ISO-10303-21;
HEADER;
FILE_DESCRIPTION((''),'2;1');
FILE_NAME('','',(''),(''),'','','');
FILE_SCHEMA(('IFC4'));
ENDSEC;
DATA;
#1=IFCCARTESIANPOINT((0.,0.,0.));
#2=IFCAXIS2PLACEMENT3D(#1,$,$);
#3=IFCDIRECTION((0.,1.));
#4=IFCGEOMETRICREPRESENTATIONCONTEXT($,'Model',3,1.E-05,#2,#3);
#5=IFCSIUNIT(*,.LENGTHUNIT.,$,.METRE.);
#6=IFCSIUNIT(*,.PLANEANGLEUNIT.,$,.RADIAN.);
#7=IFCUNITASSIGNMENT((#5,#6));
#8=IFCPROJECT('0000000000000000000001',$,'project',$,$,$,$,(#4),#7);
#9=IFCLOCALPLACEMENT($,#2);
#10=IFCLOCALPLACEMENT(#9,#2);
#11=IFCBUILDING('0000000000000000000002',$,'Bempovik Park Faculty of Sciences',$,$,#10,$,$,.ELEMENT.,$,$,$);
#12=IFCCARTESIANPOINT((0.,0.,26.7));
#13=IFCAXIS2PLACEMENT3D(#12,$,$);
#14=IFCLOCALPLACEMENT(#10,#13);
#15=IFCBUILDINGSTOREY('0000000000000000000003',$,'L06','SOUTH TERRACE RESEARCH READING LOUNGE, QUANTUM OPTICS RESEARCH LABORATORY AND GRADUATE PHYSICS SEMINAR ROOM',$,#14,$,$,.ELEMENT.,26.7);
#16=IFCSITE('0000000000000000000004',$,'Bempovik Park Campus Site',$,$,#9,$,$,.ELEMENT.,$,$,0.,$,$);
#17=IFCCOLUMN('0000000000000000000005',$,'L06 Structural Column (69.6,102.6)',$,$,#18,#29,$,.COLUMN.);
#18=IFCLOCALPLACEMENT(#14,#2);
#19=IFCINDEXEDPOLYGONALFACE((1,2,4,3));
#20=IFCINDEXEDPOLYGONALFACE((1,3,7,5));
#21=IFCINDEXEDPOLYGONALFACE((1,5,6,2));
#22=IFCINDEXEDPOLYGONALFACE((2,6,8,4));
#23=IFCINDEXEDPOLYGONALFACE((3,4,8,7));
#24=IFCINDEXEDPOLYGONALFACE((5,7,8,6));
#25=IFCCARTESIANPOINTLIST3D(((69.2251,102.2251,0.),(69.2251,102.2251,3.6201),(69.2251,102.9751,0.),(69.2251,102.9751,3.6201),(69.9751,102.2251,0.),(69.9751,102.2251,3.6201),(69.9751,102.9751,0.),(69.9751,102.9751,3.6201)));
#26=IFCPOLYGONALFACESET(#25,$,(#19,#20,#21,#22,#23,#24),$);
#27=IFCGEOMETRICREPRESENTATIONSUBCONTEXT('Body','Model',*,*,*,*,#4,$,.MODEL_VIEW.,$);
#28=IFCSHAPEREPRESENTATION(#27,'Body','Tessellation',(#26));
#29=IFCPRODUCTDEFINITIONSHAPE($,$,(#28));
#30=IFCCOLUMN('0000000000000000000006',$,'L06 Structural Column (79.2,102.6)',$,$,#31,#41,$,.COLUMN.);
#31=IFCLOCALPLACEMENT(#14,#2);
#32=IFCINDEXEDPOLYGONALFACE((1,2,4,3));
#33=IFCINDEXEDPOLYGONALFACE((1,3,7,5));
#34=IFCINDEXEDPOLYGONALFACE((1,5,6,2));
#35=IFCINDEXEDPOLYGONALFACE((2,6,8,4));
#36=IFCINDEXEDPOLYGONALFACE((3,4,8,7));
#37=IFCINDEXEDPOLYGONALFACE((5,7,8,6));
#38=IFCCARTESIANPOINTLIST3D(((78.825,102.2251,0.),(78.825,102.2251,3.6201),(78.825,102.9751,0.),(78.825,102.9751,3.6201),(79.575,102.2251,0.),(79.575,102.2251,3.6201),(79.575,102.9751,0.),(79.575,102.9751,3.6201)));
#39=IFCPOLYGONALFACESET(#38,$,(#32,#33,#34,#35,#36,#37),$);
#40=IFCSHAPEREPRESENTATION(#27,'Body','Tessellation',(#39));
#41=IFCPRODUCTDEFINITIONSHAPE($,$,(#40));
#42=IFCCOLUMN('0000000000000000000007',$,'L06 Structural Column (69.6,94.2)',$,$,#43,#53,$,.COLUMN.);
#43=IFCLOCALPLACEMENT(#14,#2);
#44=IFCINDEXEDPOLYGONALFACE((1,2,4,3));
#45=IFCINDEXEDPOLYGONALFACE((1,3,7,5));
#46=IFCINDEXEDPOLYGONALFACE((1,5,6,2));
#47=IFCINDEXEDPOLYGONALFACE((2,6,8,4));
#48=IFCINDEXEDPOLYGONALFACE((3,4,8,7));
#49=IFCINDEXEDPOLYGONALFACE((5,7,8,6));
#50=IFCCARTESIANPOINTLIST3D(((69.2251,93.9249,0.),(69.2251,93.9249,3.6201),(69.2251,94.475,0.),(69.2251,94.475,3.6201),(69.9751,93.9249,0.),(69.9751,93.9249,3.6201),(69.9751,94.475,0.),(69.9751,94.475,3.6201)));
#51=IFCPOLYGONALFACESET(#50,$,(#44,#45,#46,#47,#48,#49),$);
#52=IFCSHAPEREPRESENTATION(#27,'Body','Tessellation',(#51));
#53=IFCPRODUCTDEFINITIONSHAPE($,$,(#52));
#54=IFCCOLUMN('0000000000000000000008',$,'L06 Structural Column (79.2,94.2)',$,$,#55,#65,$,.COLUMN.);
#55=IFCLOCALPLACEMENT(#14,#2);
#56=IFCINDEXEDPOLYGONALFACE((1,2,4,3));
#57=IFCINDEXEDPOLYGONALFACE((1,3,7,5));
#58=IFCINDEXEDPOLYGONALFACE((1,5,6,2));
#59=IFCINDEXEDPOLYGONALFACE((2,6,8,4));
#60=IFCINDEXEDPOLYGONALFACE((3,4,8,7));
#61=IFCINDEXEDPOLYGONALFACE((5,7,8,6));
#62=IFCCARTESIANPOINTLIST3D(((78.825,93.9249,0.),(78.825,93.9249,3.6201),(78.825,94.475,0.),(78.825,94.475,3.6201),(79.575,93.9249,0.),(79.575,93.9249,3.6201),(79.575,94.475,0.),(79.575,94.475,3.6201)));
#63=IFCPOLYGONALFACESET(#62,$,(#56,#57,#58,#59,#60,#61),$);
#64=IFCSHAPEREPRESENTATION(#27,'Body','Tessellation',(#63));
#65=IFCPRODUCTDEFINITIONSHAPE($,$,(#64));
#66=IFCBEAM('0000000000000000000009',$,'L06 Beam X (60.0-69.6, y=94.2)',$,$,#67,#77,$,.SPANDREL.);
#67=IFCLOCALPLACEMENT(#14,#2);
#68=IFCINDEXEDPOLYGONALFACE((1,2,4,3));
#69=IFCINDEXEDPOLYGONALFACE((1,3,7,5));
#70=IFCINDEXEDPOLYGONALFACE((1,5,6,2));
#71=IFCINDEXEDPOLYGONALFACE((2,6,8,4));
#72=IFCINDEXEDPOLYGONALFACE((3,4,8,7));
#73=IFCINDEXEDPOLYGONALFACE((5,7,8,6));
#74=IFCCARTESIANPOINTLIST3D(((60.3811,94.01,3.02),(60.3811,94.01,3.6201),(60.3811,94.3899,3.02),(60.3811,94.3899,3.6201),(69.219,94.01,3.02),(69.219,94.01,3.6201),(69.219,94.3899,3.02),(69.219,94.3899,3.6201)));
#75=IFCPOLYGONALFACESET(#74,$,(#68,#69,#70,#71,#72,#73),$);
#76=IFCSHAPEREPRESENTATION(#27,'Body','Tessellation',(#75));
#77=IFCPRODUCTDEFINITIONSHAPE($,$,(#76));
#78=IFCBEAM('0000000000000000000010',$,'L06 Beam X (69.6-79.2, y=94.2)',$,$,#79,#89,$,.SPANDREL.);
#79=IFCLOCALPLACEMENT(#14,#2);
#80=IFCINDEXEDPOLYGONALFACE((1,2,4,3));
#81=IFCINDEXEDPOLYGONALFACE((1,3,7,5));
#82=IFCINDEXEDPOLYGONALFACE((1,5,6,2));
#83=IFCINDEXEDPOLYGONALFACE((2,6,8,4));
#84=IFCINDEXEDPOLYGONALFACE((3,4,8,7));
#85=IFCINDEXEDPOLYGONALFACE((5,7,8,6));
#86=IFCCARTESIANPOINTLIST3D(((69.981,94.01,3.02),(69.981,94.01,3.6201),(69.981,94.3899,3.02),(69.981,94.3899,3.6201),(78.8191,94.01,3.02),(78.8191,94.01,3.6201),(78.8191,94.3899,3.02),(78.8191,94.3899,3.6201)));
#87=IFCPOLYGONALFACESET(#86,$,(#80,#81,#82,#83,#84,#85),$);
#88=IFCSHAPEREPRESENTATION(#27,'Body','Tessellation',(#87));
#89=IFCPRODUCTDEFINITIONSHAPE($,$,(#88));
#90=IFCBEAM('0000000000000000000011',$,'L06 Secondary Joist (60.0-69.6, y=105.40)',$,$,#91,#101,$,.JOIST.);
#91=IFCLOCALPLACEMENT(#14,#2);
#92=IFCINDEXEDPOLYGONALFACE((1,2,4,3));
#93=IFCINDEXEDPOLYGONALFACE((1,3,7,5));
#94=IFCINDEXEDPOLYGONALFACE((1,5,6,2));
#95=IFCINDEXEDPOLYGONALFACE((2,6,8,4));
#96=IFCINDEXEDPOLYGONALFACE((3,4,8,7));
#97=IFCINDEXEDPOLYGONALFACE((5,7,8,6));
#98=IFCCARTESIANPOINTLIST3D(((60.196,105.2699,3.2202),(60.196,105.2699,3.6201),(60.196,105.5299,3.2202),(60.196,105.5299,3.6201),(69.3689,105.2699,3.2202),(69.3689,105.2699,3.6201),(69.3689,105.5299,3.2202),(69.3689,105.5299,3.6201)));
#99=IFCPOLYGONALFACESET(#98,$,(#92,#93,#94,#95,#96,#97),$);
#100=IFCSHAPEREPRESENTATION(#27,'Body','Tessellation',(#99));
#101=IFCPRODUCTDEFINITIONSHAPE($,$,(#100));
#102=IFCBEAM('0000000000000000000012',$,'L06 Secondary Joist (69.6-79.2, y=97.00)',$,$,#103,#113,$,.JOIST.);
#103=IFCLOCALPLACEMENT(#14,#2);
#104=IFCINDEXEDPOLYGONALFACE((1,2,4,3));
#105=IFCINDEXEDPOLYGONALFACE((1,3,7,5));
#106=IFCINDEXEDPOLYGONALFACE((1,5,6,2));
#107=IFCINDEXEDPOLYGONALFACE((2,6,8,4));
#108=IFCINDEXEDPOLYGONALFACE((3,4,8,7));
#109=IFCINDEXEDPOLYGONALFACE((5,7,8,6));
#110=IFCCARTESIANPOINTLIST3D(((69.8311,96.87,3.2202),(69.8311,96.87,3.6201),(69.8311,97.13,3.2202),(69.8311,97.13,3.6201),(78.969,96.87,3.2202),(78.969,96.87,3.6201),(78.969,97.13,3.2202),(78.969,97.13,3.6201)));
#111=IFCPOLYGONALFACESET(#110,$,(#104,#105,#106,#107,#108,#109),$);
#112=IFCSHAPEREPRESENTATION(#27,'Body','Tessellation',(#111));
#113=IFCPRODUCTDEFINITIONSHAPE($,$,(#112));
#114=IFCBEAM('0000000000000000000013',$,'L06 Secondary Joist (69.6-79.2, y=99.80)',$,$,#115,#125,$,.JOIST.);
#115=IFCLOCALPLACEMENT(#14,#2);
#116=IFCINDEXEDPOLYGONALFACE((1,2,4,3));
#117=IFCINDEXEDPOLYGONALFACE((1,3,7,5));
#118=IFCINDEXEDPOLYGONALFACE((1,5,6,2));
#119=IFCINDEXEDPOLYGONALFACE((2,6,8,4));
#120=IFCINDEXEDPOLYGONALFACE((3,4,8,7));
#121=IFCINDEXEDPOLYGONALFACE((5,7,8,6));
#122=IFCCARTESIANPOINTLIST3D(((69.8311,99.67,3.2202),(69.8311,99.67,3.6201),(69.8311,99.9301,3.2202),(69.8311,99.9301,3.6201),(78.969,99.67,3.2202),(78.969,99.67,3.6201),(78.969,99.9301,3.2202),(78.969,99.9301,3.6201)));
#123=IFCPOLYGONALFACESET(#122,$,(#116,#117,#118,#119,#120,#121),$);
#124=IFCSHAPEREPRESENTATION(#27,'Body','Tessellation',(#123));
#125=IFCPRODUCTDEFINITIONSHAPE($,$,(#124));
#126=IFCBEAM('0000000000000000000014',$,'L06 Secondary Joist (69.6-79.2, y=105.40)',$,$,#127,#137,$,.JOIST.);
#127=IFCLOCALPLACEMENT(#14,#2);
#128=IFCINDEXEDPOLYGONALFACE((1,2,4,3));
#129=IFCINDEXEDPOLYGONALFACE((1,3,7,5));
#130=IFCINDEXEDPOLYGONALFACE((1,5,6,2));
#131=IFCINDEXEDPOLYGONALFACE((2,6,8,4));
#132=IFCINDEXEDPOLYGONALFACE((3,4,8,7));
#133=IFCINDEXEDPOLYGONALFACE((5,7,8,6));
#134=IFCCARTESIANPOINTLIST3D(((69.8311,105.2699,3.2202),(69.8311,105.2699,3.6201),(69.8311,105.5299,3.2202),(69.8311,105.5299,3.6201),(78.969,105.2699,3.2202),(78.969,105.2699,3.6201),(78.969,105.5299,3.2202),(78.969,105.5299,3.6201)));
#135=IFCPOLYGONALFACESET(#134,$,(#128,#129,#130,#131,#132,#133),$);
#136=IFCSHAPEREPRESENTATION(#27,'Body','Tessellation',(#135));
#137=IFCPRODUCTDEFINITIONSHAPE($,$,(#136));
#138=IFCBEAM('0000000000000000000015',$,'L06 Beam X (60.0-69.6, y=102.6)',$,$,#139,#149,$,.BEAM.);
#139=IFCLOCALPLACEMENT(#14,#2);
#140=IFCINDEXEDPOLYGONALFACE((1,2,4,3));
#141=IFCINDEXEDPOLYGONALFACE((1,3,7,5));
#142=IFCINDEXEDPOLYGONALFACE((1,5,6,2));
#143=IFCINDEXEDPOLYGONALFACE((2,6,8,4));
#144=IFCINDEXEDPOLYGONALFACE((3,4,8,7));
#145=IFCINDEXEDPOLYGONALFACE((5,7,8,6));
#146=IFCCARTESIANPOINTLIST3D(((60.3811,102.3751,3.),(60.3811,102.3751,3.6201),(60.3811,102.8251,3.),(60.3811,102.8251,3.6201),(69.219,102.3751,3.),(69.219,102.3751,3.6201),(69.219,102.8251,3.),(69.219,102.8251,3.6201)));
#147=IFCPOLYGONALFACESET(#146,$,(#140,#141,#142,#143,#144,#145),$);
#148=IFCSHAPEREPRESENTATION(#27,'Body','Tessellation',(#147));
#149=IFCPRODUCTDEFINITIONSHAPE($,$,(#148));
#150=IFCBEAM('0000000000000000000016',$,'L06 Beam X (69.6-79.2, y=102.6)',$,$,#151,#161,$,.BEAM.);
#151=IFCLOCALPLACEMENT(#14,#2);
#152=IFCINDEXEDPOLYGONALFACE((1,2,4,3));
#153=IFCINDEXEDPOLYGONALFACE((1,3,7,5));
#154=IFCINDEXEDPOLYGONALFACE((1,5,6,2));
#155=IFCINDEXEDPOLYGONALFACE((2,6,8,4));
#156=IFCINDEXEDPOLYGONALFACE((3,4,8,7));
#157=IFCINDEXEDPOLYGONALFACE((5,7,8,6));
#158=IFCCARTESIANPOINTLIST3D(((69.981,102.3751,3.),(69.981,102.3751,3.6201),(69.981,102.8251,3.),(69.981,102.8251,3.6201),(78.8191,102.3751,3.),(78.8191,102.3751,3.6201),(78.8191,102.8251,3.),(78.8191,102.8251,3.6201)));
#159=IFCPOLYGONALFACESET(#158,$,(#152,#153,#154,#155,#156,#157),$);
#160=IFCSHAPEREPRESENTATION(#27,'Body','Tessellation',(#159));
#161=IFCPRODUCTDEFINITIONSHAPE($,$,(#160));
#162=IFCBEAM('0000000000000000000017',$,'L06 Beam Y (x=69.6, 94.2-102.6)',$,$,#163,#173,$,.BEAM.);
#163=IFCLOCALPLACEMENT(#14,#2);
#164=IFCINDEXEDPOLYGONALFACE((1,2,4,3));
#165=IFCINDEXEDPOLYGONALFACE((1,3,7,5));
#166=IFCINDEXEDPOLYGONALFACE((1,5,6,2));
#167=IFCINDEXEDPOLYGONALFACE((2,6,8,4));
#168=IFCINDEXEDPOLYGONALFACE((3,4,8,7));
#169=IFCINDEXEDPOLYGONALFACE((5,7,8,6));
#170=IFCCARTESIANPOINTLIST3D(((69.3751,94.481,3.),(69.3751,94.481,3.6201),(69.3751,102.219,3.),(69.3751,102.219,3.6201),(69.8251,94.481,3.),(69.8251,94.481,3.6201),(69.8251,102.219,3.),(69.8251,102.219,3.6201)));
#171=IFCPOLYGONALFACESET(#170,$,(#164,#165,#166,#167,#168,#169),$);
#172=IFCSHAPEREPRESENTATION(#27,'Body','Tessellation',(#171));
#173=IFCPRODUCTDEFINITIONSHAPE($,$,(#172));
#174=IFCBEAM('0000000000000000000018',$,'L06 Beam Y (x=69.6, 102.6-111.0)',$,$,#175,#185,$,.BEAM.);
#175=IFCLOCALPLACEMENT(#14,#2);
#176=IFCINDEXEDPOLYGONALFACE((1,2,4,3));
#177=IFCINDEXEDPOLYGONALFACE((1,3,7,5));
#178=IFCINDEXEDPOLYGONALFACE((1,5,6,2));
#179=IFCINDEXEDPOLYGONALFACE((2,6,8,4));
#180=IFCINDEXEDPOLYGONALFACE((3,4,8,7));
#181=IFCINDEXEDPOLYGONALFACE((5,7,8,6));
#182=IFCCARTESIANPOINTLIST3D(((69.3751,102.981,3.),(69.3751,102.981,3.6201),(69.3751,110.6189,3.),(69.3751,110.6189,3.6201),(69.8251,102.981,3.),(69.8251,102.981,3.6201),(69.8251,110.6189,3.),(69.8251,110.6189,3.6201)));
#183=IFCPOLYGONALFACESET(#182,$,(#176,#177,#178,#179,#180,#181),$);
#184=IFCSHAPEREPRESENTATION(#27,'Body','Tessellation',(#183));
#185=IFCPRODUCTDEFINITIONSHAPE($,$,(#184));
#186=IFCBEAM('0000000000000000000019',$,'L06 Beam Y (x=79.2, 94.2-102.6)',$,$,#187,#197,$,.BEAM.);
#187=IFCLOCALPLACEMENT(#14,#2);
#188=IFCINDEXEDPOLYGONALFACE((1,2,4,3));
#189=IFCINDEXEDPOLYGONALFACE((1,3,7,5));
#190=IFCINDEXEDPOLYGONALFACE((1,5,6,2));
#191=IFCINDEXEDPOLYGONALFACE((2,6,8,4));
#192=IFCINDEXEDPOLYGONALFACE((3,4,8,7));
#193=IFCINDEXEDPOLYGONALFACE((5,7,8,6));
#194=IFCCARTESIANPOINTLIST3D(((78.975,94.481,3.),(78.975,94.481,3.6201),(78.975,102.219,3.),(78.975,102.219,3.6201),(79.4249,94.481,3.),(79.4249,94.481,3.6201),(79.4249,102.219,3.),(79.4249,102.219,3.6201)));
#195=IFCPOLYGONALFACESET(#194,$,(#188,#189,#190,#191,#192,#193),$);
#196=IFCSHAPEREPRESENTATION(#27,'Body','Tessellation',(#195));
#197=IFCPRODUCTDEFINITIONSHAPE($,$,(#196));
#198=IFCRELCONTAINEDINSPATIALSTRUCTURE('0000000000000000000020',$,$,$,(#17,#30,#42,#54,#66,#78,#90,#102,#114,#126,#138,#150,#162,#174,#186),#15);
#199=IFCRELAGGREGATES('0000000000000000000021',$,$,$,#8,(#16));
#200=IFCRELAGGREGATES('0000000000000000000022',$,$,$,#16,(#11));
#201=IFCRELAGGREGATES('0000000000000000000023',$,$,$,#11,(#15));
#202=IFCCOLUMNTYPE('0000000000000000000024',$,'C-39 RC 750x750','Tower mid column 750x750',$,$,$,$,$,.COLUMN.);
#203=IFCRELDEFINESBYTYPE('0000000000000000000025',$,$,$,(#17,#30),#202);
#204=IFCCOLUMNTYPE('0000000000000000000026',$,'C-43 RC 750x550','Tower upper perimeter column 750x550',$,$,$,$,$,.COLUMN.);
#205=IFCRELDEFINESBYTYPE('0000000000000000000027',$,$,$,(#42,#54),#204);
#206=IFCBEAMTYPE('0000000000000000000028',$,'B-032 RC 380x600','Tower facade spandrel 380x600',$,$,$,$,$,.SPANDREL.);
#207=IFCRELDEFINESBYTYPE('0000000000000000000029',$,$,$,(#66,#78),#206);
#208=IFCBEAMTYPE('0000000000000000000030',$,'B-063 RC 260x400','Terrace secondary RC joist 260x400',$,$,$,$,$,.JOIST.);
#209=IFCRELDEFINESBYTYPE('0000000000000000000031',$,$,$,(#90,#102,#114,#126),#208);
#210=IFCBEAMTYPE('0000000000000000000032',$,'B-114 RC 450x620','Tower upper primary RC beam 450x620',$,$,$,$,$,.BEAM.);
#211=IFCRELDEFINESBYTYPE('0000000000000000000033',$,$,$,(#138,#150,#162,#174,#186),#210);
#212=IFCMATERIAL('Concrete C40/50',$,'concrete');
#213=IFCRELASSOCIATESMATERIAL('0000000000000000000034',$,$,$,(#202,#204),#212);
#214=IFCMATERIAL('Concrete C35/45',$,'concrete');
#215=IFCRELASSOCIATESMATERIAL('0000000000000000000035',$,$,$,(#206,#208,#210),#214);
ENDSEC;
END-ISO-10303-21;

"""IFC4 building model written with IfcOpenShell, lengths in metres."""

from ifc_helpers import new_model, si_unit, direction, frame, origin, origin_2d, place, context, subcontext, project, spatial, rectangle, extrude, material, material_profile, profile_set, type_object, element, save


model = new_model("IFC4")

# Units and contexts
model_context = context("Model", 3, precision=1e-05, world=origin(), true_north=direction((0.0, 1.0)))
body_context = subcontext(model_context, "Body", "Model", "MODEL_VIEW")
ifc_project = project(units=[si_unit("LENGTHUNIT", "METRE"), si_unit("PLANEANGLEUNIT", "RADIAN")], contexts=[model_context])

# Site, building, storey
site_placement = place(None, origin())
site = spatial("IfcSite", under=ifc_project, at=site_placement, Name="Bempovik Park Campus Site", CompositionType="ELEMENT", RefElevation=0.0)
building_placement = place(site_placement, origin())
building = spatial("IfcBuilding", under=site, at=building_placement, Name="Bempovik Park Faculty of Sciences", CompositionType="ELEMENT")
storey_placement = place(building_placement, frame((0.0, 0.0, 26.7)))
storey = spatial("IfcBuildingStorey", under=building, at=storey_placement, Name="L06", Description="SOUTH TERRACE RESEARCH READING LOUNGE, QUANTUM OPTICS RESEARCH LABORATORY AND GRADUATE PHYSICS SEMINAR ROOM", CompositionType="ELEMENT", Elevation=26.7)

# Columns
ifc_material_1 = material(Name="Concrete C40/50", Category="concrete")
ifc_material_profile_1 = material_profile(ifc_material_1, rectangle(XDim=0.75, YDim=0.75, at=origin_2d()), Name="RC 750x750")
ifc_profile_set_1 = profile_set([ifc_material_profile_1], Name="Concrete C40/50")
column_type_1 = type_object("IfcColumnType", Name="C-39 RC 750x750", Description="Tower mid column 750x750", PredefinedType="COLUMN", material=ifc_profile_set_1)
for number, where, z_axis, x_axis, name in (
    (1, (69.6001, 102.6001, 0.0), (0.0, 0.0, 1.0), (1.0, 0.0, 0.0), "L06 Structural Column (69.6,102.6)"),
    (2, (79.2, 102.6001, 0.0), (0.0, 0.0, 1.0), (1.0, 0.0, 0.0), "L06 Structural Column (79.2,102.6)"),
):
    element("IfcColumn", number, at=place(storey_placement, frame(where, z_axis=z_axis, x_axis=x_axis)), inside=storey, type_object=column_type_1, Name=name, PredefinedType="COLUMN", context=body_context, shape_type="SweptSolid", body=[
        extrude(rectangle(XDim=0.75, YDim=0.75, at=origin_2d()), origin(), (0.0, 0.0, 1.0), 3.6201),
    ])
ifc_material_profile_2 = material_profile(ifc_material_1, rectangle(XDim=0.75, YDim=0.55, at=origin_2d()), Name="RC 750x550")
ifc_profile_set_2 = profile_set([ifc_material_profile_2], Name="Concrete C40/50")
column_type_2 = type_object("IfcColumnType", Name="C-43 RC 750x550", Description="Tower upper perimeter column 750x550", PredefinedType="COLUMN", material=ifc_profile_set_2)
for number, where, z_axis, x_axis, name in (
    (3, (69.6001, 94.2, 0.0), (0.0, 0.0, 1.0), (1.0, 0.0, 0.0), "L06 Structural Column (69.6,94.2)"),
    (4, (79.2, 94.2, 0.0), (0.0, 0.0, 1.0), (1.0, 0.0, 0.0), "L06 Structural Column (79.2,94.2)"),
):
    element("IfcColumn", number, at=place(storey_placement, frame(where, z_axis=z_axis, x_axis=x_axis)), inside=storey, type_object=column_type_2, Name=name, PredefinedType="COLUMN", context=body_context, shape_type="SweptSolid", body=[
        extrude(rectangle(XDim=0.75, YDim=0.55, at=origin_2d()), origin(), (0.0, 0.0, 1.0), 3.6201),
    ])

# Beams
ifc_material_2 = material(Name="Concrete C35/45", Category="concrete")
ifc_material_profile_3 = material_profile(ifc_material_2, rectangle(XDim=0.3799, YDim=0.6001, at=origin_2d()), Name="RC 380x600")
ifc_profile_set_3 = profile_set([ifc_material_profile_3], Name="Concrete C35/45")
beam_type_1 = type_object("IfcBeamType", Name="B-032 RC 380x600", Description="Tower facade spandrel 380x600", PredefinedType="SPANDREL", material=ifc_profile_set_3)
beam_1_placement = place(storey_placement, frame((60.3811, 94.2, 3.3201), z_axis=(1.0, 0.0, 0.0), x_axis=(0.0, 1.0, 0.0)))
element("IfcBeam", 5, at=beam_1_placement, inside=storey, type_object=beam_type_1, Name="L06 Beam X (60.0-69.6, y=94.2)", PredefinedType="SPANDREL", context=body_context, shape_type="SweptSolid", body=[
    extrude(rectangle(XDim=0.3799, YDim=0.6001, at=origin_2d()), origin(), (0.0, 0.0, 1.0), 8.8379),
])
beam_2_placement = place(storey_placement, frame((69.981, 94.2, 3.3201), z_axis=(1.0, 0.0, 0.0), x_axis=(0.0, 1.0, 0.0)))
element("IfcBeam", 6, at=beam_2_placement, inside=storey, type_object=beam_type_1, Name="L06 Beam X (69.6-79.2, y=94.2)", PredefinedType="SPANDREL", context=body_context, shape_type="SweptSolid", body=[
    extrude(rectangle(XDim=0.3799, YDim=0.6001, at=origin_2d()), origin(), (0.0, 0.0, 1.0), 8.8381),
])
ifc_material_profile_4 = material_profile(ifc_material_2, rectangle(XDim=0.26, YDim=0.3999, at=origin_2d()), Name="RC 260x400")
ifc_profile_set_4 = profile_set([ifc_material_profile_4], Name="Concrete C35/45")
beam_type_2 = type_object("IfcBeamType", Name="B-063 RC 260x400", Description="Terrace secondary RC joist 260x400", PredefinedType="JOIST", material=ifc_profile_set_4)
beam_3_placement = place(storey_placement, frame((60.196, 105.3999, 3.4202), z_axis=(1.0, 0.0, 0.0), x_axis=(0.0, 1.0, 0.0)))
element("IfcBeam", 7, at=beam_3_placement, inside=storey, type_object=beam_type_2, Name="L06 Secondary Joist (60.0-69.6, y=105.40)", PredefinedType="JOIST", context=body_context, shape_type="SweptSolid", body=[
    extrude(rectangle(XDim=0.26, YDim=0.3999, at=origin_2d()), origin(), (0.0, 0.0, 1.0), 9.1729),
])
for number, where, z_axis, x_axis, name in (
    (8, (69.8311, 97.0, 3.4202), (1.0, 0.0, 0.0), (0.0, 1.0, 0.0), "L06 Secondary Joist (69.6-79.2, y=97.00)"),
    (9, (69.8311, 99.8, 3.4202), (1.0, 0.0, 0.0), (0.0, 1.0, 0.0), "L06 Secondary Joist (69.6-79.2, y=99.80)"),
    (10, (69.8311, 105.3999, 3.4202), (1.0, 0.0, 0.0), (0.0, 1.0, 0.0), "L06 Secondary Joist (69.6-79.2, y=105.40)"),
):
    element("IfcBeam", number, at=place(storey_placement, frame(where, z_axis=z_axis, x_axis=x_axis)), inside=storey, type_object=beam_type_2, Name=name, PredefinedType="JOIST", context=body_context, shape_type="SweptSolid", body=[
        extrude(rectangle(XDim=0.26, YDim=0.3999, at=origin_2d()), origin(), (0.0, 0.0, 1.0), 9.1379),
    ])
ifc_material_profile_5 = material_profile(ifc_material_2, rectangle(XDim=0.45, YDim=0.6201, at=origin_2d()), Name="RC 450x620")
ifc_profile_set_5 = profile_set([ifc_material_profile_5], Name="Concrete C35/45")
beam_type_3 = type_object("IfcBeamType", Name="B-114 RC 450x620", Description="Tower upper primary RC beam 450x620", PredefinedType="BEAM", material=ifc_profile_set_5)
beam_4_placement = place(storey_placement, frame((60.3811, 102.6001, 3.3101), z_axis=(1.0, 0.0, 0.0), x_axis=(0.0, 1.0, 0.0)))
element("IfcBeam", 11, at=beam_4_placement, inside=storey, type_object=beam_type_3, Name="L06 Beam X (60.0-69.6, y=102.6)", PredefinedType="BEAM", context=body_context, shape_type="SweptSolid", body=[
    extrude(rectangle(XDim=0.45, YDim=0.6201, at=origin_2d()), origin(), (0.0, 0.0, 1.0), 8.8379),
])
beam_5_placement = place(storey_placement, frame((69.981, 102.6001, 3.3101), z_axis=(1.0, 0.0, 0.0), x_axis=(0.0, 1.0, 0.0)))
element("IfcBeam", 12, at=beam_5_placement, inside=storey, type_object=beam_type_3, Name="L06 Beam X (69.6-79.2, y=102.6)", PredefinedType="BEAM", context=body_context, shape_type="SweptSolid", body=[
    extrude(rectangle(XDim=0.45, YDim=0.6201, at=origin_2d()), origin(), (0.0, 0.0, 1.0), 8.8381),
])
beam_6_placement = place(storey_placement, frame((69.6001, 94.481, 3.3101), z_axis=(0.0, 1.0, 0.0), x_axis=(-1.0, 0.0, 0.0)))
element("IfcBeam", 13, at=beam_6_placement, inside=storey, type_object=beam_type_3, Name="L06 Beam Y (x=69.6, 94.2-102.6)", PredefinedType="BEAM", context=body_context, shape_type="SweptSolid", body=[
    extrude(rectangle(XDim=0.45, YDim=0.6201, at=origin_2d()), origin(), (0.0, 0.0, 1.0), 7.738),
])
beam_7_placement = place(storey_placement, frame((69.6001, 102.981, 3.3101), z_axis=(0.0, 1.0, 0.0), x_axis=(-1.0, 0.0, 0.0)))
element("IfcBeam", 14, at=beam_7_placement, inside=storey, type_object=beam_type_3, Name="L06 Beam Y (x=69.6, 102.6-111.0)", PredefinedType="BEAM", context=body_context, shape_type="SweptSolid", body=[
    extrude(rectangle(XDim=0.45, YDim=0.6201, at=origin_2d()), origin(), (0.0, 0.0, 1.0), 7.6379),
])
beam_8_placement = place(storey_placement, frame((79.2, 94.481, 3.3101), z_axis=(0.0, 1.0, 0.0), x_axis=(-1.0, 0.0, 0.0)))
element("IfcBeam", 15, at=beam_8_placement, inside=storey, type_object=beam_type_3, Name="L06 Beam Y (x=79.2, 94.2-102.6)", PredefinedType="BEAM", context=body_context, shape_type="SweptSolid", body=[
    extrude(rectangle(XDim=0.45, YDim=0.6201, at=origin_2d()), origin(), (0.0, 0.0, 1.0), 7.738),
])

save(model, "model.ifc")
